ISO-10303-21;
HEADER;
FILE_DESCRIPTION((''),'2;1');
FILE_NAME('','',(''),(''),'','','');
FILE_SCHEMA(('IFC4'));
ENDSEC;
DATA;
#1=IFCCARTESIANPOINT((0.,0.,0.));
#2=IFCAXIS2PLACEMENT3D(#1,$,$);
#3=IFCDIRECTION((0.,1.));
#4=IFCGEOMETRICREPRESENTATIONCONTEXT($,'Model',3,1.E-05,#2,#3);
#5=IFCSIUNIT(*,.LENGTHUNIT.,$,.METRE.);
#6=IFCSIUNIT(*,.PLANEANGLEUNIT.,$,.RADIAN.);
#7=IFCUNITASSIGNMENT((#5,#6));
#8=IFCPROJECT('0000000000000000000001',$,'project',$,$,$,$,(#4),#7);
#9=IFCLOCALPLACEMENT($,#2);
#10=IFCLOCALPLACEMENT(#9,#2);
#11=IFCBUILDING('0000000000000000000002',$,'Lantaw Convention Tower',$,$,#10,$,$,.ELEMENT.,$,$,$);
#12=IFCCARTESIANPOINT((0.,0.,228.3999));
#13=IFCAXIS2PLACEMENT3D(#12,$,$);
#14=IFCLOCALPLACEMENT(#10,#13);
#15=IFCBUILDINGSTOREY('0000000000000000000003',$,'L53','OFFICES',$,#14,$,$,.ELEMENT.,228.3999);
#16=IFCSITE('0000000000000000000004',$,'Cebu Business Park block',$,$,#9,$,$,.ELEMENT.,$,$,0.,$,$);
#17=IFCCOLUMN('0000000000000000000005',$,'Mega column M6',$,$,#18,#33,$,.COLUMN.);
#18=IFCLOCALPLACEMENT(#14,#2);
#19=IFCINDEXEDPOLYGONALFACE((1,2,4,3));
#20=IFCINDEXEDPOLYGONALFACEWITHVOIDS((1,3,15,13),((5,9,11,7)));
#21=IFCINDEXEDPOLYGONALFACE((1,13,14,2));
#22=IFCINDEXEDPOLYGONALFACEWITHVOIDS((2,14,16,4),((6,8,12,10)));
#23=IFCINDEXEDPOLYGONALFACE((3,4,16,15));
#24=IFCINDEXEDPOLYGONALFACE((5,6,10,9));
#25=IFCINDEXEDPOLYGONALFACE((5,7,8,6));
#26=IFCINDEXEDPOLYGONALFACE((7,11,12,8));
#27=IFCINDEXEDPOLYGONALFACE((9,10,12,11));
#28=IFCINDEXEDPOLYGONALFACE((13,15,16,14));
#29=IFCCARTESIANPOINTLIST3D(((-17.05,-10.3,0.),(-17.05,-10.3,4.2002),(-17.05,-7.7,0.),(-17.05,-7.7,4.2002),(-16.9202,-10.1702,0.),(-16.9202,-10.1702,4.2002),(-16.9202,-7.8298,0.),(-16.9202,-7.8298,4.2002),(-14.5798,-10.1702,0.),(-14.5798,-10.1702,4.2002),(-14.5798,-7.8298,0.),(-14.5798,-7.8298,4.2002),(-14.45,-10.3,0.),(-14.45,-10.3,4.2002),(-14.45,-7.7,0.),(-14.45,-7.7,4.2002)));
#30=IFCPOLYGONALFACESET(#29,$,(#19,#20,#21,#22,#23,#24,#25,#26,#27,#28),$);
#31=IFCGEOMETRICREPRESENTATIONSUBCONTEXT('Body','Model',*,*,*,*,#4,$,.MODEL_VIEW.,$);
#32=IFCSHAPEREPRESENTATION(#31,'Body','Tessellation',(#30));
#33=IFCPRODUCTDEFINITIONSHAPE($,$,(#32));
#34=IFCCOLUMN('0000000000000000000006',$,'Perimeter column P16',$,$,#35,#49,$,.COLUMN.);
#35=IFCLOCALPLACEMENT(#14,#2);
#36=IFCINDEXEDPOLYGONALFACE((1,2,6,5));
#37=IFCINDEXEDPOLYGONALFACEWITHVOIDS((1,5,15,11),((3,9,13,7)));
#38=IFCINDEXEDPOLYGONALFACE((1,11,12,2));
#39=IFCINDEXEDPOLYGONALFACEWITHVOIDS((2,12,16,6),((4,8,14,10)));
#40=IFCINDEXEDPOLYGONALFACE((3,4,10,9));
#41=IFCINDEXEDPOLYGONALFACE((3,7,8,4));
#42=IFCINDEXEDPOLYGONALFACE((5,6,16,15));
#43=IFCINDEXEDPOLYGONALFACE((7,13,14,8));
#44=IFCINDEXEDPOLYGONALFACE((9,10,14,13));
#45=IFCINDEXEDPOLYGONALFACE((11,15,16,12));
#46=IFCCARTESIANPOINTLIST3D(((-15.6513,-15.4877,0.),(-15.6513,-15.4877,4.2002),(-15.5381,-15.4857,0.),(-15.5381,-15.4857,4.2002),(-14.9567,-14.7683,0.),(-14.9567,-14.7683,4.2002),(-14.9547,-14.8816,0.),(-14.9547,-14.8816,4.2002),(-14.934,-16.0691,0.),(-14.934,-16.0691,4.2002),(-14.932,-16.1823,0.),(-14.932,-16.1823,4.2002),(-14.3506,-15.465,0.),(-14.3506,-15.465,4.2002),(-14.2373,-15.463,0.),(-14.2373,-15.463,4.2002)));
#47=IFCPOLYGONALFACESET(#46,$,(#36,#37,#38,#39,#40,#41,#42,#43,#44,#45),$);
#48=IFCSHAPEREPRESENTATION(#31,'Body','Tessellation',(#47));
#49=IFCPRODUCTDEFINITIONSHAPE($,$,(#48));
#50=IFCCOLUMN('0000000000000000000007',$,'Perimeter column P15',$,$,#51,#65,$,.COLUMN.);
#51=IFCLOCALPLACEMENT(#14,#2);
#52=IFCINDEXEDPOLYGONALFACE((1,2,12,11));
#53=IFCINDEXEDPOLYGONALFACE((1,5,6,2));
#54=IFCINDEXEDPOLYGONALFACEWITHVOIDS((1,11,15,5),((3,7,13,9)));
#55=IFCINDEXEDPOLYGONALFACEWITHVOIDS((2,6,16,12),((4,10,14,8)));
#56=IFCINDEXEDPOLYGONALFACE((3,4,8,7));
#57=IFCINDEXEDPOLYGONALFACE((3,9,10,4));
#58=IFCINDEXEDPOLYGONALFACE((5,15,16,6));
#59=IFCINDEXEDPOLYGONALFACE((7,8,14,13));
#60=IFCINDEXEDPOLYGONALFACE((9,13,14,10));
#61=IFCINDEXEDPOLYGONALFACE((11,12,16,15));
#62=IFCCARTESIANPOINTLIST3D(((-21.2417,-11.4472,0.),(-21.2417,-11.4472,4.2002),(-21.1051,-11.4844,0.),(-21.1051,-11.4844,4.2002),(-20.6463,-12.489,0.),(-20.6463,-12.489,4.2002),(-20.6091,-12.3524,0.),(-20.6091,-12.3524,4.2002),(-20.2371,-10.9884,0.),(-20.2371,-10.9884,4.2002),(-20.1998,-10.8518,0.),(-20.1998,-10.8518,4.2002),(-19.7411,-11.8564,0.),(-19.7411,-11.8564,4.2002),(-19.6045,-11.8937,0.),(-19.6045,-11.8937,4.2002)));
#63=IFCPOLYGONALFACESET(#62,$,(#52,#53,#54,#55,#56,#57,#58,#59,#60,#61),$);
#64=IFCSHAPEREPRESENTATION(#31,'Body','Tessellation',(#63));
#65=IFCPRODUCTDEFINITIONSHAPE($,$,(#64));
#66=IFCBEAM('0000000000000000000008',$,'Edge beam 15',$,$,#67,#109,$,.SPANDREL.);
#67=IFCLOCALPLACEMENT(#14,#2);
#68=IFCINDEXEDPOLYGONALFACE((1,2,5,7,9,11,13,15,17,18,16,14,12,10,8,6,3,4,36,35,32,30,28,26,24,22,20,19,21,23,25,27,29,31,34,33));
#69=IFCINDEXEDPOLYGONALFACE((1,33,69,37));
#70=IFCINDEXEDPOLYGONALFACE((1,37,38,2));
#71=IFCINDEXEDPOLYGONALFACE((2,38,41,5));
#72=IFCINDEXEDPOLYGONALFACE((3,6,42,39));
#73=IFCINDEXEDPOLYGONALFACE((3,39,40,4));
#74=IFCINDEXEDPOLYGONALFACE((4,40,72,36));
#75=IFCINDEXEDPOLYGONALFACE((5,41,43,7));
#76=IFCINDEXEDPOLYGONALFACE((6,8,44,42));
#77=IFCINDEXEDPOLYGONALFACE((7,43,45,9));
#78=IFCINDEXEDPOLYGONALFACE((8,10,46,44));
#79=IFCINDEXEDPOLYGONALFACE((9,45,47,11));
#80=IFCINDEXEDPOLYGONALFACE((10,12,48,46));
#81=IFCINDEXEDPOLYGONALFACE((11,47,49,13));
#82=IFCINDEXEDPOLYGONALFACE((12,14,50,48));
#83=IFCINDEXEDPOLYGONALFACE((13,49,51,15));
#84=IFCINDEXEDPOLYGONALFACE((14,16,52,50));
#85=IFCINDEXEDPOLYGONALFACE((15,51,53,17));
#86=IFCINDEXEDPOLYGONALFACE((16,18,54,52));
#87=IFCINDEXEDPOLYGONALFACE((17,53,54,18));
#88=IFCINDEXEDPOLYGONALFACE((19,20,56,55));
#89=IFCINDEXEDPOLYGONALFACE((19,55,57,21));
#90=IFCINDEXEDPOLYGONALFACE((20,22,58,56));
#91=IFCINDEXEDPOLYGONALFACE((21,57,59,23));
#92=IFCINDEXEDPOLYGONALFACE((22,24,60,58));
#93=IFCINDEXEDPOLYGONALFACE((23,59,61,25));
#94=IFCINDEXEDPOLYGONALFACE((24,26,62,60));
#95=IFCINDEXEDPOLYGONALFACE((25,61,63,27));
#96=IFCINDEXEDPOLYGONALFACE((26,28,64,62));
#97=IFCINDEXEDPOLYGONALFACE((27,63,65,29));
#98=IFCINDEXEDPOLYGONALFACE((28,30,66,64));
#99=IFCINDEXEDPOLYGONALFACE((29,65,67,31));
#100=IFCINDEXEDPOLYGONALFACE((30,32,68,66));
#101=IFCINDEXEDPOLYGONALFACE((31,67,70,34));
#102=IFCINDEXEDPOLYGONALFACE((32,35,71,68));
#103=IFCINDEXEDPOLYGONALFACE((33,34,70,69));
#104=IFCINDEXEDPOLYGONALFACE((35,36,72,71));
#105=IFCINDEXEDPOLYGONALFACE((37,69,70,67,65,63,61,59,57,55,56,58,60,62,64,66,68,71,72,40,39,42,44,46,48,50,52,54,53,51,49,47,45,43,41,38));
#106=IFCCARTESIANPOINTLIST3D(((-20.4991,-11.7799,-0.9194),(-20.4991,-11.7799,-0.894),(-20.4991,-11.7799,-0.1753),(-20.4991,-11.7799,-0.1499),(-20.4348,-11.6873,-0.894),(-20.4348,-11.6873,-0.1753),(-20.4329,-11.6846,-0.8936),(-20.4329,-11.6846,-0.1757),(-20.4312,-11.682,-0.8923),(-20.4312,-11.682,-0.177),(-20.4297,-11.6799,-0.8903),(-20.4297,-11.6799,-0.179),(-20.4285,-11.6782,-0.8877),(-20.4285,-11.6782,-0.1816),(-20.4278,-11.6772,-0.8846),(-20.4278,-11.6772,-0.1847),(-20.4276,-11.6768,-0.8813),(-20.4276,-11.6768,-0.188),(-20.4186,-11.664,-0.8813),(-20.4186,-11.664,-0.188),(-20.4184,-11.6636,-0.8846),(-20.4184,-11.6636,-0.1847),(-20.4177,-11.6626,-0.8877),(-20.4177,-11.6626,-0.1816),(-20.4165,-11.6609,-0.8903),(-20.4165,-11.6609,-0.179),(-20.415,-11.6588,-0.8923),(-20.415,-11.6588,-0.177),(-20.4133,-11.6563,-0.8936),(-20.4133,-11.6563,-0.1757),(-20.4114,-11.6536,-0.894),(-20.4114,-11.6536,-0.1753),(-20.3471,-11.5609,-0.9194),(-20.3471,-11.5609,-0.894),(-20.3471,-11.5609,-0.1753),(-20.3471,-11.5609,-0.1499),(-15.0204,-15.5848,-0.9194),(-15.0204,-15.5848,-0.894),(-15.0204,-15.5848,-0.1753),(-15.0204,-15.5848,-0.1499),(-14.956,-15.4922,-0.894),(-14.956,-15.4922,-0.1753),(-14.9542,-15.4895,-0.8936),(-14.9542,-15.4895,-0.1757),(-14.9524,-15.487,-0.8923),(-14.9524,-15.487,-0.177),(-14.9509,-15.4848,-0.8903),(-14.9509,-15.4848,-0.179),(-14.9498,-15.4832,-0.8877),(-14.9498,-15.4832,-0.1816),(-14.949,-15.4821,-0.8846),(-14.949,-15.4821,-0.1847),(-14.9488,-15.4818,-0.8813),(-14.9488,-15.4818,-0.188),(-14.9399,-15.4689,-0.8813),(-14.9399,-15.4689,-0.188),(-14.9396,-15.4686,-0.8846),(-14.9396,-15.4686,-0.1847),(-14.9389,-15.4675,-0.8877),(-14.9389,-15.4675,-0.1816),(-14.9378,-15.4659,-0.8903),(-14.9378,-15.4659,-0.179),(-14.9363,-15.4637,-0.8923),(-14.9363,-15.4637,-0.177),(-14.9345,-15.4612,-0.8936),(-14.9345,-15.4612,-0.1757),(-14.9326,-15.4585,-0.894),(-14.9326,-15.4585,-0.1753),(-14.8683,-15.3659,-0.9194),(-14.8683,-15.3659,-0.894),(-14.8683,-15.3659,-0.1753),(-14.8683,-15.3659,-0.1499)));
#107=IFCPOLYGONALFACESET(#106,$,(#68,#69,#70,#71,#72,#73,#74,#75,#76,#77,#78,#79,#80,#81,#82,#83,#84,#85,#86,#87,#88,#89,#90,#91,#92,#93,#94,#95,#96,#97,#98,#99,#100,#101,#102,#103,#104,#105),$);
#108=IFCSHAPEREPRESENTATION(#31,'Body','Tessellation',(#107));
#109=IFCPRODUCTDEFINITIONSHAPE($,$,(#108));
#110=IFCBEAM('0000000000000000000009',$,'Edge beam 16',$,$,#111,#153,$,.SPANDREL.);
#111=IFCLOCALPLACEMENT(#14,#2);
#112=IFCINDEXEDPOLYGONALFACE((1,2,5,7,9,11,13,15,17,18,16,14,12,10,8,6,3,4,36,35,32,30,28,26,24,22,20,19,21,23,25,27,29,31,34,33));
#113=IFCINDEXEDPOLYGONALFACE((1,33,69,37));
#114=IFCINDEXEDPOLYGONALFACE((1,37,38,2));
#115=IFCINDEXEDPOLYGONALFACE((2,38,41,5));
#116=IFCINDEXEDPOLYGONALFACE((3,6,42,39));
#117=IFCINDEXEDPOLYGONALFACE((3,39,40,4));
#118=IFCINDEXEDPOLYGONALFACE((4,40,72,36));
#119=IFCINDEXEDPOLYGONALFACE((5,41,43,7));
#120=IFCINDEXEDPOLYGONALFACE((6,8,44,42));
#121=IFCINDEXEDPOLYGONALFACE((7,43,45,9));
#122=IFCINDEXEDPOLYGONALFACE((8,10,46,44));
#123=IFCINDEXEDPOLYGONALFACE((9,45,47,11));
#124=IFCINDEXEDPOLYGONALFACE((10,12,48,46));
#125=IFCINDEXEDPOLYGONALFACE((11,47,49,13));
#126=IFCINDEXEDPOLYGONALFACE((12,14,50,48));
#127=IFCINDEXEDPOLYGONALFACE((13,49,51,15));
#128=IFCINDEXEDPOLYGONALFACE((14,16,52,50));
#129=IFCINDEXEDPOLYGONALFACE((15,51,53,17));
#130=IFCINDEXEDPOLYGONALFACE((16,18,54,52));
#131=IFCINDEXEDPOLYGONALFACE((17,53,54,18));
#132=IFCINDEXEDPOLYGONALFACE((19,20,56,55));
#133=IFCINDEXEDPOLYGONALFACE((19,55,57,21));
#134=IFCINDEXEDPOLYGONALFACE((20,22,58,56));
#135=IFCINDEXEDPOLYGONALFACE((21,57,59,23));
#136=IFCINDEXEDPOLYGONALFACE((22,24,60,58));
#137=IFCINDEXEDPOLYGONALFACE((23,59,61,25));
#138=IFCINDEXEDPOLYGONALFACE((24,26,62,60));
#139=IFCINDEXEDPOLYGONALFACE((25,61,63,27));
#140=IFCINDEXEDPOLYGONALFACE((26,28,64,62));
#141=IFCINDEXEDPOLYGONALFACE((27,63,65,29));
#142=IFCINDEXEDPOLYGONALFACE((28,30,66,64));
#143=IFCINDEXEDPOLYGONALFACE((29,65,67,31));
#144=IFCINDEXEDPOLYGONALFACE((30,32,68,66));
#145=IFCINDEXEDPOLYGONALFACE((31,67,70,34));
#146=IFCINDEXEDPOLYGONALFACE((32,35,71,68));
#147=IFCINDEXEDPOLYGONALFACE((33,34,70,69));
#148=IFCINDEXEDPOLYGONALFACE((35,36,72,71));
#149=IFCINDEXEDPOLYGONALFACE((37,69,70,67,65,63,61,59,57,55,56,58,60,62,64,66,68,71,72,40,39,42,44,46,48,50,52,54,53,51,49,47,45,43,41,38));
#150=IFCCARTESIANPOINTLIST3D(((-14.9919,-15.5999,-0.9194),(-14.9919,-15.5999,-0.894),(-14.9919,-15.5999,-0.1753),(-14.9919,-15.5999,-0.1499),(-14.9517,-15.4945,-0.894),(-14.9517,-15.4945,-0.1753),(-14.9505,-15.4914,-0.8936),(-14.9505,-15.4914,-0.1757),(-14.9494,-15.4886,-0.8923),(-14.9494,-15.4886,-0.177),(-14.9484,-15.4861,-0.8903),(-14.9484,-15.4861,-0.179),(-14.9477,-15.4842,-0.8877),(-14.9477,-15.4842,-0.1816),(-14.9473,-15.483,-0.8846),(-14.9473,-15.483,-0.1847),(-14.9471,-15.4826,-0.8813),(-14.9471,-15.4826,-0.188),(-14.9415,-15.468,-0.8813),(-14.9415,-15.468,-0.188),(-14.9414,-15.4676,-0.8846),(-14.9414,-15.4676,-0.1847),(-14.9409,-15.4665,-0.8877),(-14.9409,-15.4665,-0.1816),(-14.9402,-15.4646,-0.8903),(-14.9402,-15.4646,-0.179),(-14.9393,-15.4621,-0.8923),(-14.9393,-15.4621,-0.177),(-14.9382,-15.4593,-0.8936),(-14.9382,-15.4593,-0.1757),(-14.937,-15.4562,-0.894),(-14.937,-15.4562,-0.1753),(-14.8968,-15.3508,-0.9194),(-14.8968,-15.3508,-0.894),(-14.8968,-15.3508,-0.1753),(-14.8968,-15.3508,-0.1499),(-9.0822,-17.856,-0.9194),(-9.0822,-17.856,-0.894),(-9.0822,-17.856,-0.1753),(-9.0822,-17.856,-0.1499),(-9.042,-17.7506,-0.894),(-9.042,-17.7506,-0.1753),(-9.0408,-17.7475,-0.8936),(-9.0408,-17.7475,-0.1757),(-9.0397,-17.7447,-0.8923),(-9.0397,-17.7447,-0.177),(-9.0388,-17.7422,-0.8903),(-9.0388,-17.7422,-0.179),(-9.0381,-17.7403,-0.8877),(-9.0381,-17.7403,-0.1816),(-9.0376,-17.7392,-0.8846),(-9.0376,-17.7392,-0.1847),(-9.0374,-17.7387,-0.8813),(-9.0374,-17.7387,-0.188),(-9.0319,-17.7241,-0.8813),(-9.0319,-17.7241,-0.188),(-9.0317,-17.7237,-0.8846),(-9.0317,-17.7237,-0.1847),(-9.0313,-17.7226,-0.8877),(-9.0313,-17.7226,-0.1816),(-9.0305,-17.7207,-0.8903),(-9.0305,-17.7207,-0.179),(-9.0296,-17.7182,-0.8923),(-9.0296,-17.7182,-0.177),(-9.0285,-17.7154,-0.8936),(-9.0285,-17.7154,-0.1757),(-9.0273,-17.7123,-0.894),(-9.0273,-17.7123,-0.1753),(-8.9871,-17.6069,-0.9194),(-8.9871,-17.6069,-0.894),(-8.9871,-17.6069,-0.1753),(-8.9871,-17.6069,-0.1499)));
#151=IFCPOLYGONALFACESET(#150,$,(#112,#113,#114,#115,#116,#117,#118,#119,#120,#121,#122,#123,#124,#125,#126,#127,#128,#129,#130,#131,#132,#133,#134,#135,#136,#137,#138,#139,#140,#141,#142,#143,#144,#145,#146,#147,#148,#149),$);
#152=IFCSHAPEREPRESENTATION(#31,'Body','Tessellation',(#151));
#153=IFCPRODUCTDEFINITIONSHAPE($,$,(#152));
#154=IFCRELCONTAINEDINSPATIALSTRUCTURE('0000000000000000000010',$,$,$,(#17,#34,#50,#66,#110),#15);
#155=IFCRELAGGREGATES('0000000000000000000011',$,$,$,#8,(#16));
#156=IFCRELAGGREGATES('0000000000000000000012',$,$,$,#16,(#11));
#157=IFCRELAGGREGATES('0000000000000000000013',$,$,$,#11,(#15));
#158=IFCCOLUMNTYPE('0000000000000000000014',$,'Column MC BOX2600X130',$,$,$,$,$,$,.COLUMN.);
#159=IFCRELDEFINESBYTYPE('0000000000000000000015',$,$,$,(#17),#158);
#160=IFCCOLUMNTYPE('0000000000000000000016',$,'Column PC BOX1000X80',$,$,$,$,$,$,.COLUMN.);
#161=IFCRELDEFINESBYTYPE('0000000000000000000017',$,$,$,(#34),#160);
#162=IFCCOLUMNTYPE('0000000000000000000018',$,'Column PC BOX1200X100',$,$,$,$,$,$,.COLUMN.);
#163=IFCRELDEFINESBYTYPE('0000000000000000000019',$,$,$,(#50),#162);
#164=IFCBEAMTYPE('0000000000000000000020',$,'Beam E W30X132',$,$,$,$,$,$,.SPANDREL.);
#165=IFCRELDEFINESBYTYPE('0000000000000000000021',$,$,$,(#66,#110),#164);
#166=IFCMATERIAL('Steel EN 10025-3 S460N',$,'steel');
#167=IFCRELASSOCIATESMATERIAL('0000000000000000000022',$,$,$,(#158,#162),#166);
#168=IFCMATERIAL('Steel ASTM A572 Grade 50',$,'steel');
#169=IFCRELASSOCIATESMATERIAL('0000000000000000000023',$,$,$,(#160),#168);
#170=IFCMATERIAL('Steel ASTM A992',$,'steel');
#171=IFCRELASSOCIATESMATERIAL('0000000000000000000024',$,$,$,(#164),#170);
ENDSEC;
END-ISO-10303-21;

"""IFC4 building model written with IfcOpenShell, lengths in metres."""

from ifc_helpers import new_model, si_unit, direction, frame, origin, origin_2d, place, context, subcontext, project, spatial, rectangle, hollow_rectangle, i_section, extrude, material, material_profile, profile_set, type_object, element, save


model = new_model("IFC4")

# Units and contexts
model_context = context("Model", 3, precision=1e-05, world=origin(), true_north=direction((0.0, 1.0)))
body_context = subcontext(model_context, "Body", "Model", "MODEL_VIEW")
ifc_project = project(units=[si_unit("LENGTHUNIT", "METRE"), si_unit("PLANEANGLEUNIT", "RADIAN")], contexts=[model_context])

# Site, building, storey
site_placement = place(None, origin())
site = spatial("IfcSite", under=ifc_project, at=site_placement, Name="Cebu Business Park block", CompositionType="ELEMENT", RefElevation=0.0)
building_placement = place(site_placement, origin())
building = spatial("IfcBuilding", under=site, at=building_placement, Name="Lantaw Convention Tower", CompositionType="ELEMENT")
storey_placement = place(building_placement, frame((0.0, 0.0, 228.3999)))
storey = spatial("IfcBuildingStorey", under=building, at=storey_placement, Name="L53", Description="OFFICES", CompositionType="ELEMENT", Elevation=228.3999)

# Columns
ifc_material_1 = material(Name="Steel EN 10025-3 S460N", Category="steel")
ifc_material_profile_1 = material_profile(ifc_material_1, hollow_rectangle(XDim=2.6001, YDim=2.6001, WallThickness=0.1299, at=origin_2d()), Name="BOX2600X130")
ifc_material_2 = material(Name="Concrete C60/75", Category="concrete")
ifc_material_profile_2 = material_profile(ifc_material_2, rectangle(XDim=2.3401, YDim=2.3401, at=origin_2d()), Name="Concrete fill of BOX2600X130")
ifc_profile_set_1 = profile_set([ifc_material_profile_1, ifc_material_profile_2], Name="Steel EN 10025-3 S460N")
column_type_1 = type_object("IfcColumnType", Name="Column MC BOX2600X130", PredefinedType="COLUMN", material=ifc_profile_set_1)
column_1_placement = place(storey_placement, frame((-15.75, -9.0, 0.0), z_axis=(0.0, 0.0, 1.0), x_axis=(1.0, 0.0, 0.0)))
element("IfcColumn", 1, at=column_1_placement, inside=storey, type_object=column_type_1, Name="Mega column M6", PredefinedType="COLUMN", context=body_context, shape_type="SweptSolid", body=[
    extrude(hollow_rectangle(XDim=2.6001, YDim=2.6001, WallThickness=0.1299, at=origin_2d()), origin(), (0.0, 0.0, 1.0), 4.2002),
])
ifc_material_3 = material(Name="Steel ASTM A572 Grade 50", Category="steel")
ifc_material_profile_3 = material_profile(ifc_material_3, hollow_rectangle(XDim=1.0, YDim=1.0, WallThickness=0.0801, at=origin_2d()), Name="BOX1000X80")
ifc_material_profile_4 = material_profile(ifc_material_2, rectangle(XDim=0.8401, YDim=0.8401, at=origin_2d()), Name="Concrete fill of BOX1000X80")
ifc_profile_set_2 = profile_set([ifc_material_profile_3, ifc_material_profile_4], Name="Steel ASTM A572 Grade 50")
column_type_2 = type_object("IfcColumnType", Name="Column PC BOX1000X80", PredefinedType="COLUMN", material=ifc_profile_set_2)
column_2_placement = place(storey_placement, frame((-14.9443, -15.4753, 0.0), z_axis=(0.0, 0.0, 1.0), x_axis=(0.694658, 0.71934, 0.0)))
element("IfcColumn", 2, at=column_2_placement, inside=storey, type_object=column_type_2, Name="Perimeter column P16", PredefinedType="COLUMN", context=body_context, shape_type="SweptSolid", body=[
    extrude(hollow_rectangle(XDim=1.0, YDim=1.0, WallThickness=0.0801, at=origin_2d()), origin(), (0.0, 0.0, 1.0), 4.2002),
])
ifc_material_profile_5 = material_profile(ifc_material_1, hollow_rectangle(XDim=1.2, YDim=1.2, WallThickness=0.1001, at=origin_2d()), Name="BOX1200X100")
ifc_material_profile_6 = material_profile(ifc_material_2, rectangle(XDim=1.0, YDim=1.0, at=origin_2d()), Name="Concrete fill of BOX1200X100")
ifc_profile_set_3 = profile_set([ifc_material_profile_5, ifc_material_profile_6], Name="Steel EN 10025-3 S460N")
column_type_3 = type_object("IfcColumnType", Name="Column PC BOX1200X100", PredefinedType="COLUMN", material=ifc_profile_set_3)
column_3_placement = place(storey_placement, frame((-20.4231, -11.6704, 0.0), z_axis=(0.0, 0.0, 1.0), x_axis=(0.868243, 0.496139, 0.0)))
element("IfcColumn", 3, at=column_3_placement, inside=storey, type_object=column_type_3, Name="Perimeter column P15", PredefinedType="COLUMN", context=body_context, shape_type="SweptSolid", body=[
    extrude(hollow_rectangle(XDim=1.2, YDim=1.2, WallThickness=0.1001, at=origin_2d()), origin(), (0.0, 0.0, 1.0), 4.2002),
])

# Beams
ifc_material_4 = material(Name="Steel ASTM A992", Category="steel")
ifc_material_profile_7 = material_profile(ifc_material_4, i_section(OverallWidth=0.2666, OverallDepth=0.7695, WebThickness=0.0156, FlangeThickness=0.0254, FilletRadius=0.0127, at=origin_2d()), Name="W30X132")
ifc_profile_set_4 = profile_set([ifc_material_profile_7], Name="Steel ASTM A992")
beam_type_1 = type_object("IfcBeamType", Name="Beam E W30X132", PredefinedType="SPANDREL", material=ifc_profile_set_4)
beam_1_placement = place(storey_placement, frame((-20.4231, -11.6704, -0.5347), z_axis=(0.821353, -0.57042, 0.0), x_axis=(0.57042, 0.821353, 0.0)))
element("IfcBeam", 4, at=beam_1_placement, inside=storey, type_object=beam_type_1, Name="Edge beam 15", PredefinedType="SPANDREL", context=body_context, shape_type="SweptSolid", body=[
    extrude(i_section(OverallWidth=0.2666, OverallDepth=0.7695, WebThickness=0.0156, FlangeThickness=0.0254, FilletRadius=0.0127, at=origin_2d()), origin(), (0.0, 0.0, 1.0), 6.6704),
])
beam_2_placement = place(storey_placement, frame((-14.9443, -15.4753, -0.5347), z_axis=(0.934235, -0.356658, 0.0), x_axis=(0.356658, 0.934235, 0.0)))
element("IfcBeam", 5, at=beam_2_placement, inside=storey, type_object=beam_type_1, Name="Edge beam 16", PredefinedType="SPANDREL", context=body_context, shape_type="SweptSolid", body=[
    extrude(i_section(OverallWidth=0.2666, OverallDepth=0.7695, WebThickness=0.0156, FlangeThickness=0.0254, FilletRadius=0.0127, at=origin_2d()), origin(), (0.0, 0.0, 1.0), 6.3257),
])

save(model, "model.ifc")
